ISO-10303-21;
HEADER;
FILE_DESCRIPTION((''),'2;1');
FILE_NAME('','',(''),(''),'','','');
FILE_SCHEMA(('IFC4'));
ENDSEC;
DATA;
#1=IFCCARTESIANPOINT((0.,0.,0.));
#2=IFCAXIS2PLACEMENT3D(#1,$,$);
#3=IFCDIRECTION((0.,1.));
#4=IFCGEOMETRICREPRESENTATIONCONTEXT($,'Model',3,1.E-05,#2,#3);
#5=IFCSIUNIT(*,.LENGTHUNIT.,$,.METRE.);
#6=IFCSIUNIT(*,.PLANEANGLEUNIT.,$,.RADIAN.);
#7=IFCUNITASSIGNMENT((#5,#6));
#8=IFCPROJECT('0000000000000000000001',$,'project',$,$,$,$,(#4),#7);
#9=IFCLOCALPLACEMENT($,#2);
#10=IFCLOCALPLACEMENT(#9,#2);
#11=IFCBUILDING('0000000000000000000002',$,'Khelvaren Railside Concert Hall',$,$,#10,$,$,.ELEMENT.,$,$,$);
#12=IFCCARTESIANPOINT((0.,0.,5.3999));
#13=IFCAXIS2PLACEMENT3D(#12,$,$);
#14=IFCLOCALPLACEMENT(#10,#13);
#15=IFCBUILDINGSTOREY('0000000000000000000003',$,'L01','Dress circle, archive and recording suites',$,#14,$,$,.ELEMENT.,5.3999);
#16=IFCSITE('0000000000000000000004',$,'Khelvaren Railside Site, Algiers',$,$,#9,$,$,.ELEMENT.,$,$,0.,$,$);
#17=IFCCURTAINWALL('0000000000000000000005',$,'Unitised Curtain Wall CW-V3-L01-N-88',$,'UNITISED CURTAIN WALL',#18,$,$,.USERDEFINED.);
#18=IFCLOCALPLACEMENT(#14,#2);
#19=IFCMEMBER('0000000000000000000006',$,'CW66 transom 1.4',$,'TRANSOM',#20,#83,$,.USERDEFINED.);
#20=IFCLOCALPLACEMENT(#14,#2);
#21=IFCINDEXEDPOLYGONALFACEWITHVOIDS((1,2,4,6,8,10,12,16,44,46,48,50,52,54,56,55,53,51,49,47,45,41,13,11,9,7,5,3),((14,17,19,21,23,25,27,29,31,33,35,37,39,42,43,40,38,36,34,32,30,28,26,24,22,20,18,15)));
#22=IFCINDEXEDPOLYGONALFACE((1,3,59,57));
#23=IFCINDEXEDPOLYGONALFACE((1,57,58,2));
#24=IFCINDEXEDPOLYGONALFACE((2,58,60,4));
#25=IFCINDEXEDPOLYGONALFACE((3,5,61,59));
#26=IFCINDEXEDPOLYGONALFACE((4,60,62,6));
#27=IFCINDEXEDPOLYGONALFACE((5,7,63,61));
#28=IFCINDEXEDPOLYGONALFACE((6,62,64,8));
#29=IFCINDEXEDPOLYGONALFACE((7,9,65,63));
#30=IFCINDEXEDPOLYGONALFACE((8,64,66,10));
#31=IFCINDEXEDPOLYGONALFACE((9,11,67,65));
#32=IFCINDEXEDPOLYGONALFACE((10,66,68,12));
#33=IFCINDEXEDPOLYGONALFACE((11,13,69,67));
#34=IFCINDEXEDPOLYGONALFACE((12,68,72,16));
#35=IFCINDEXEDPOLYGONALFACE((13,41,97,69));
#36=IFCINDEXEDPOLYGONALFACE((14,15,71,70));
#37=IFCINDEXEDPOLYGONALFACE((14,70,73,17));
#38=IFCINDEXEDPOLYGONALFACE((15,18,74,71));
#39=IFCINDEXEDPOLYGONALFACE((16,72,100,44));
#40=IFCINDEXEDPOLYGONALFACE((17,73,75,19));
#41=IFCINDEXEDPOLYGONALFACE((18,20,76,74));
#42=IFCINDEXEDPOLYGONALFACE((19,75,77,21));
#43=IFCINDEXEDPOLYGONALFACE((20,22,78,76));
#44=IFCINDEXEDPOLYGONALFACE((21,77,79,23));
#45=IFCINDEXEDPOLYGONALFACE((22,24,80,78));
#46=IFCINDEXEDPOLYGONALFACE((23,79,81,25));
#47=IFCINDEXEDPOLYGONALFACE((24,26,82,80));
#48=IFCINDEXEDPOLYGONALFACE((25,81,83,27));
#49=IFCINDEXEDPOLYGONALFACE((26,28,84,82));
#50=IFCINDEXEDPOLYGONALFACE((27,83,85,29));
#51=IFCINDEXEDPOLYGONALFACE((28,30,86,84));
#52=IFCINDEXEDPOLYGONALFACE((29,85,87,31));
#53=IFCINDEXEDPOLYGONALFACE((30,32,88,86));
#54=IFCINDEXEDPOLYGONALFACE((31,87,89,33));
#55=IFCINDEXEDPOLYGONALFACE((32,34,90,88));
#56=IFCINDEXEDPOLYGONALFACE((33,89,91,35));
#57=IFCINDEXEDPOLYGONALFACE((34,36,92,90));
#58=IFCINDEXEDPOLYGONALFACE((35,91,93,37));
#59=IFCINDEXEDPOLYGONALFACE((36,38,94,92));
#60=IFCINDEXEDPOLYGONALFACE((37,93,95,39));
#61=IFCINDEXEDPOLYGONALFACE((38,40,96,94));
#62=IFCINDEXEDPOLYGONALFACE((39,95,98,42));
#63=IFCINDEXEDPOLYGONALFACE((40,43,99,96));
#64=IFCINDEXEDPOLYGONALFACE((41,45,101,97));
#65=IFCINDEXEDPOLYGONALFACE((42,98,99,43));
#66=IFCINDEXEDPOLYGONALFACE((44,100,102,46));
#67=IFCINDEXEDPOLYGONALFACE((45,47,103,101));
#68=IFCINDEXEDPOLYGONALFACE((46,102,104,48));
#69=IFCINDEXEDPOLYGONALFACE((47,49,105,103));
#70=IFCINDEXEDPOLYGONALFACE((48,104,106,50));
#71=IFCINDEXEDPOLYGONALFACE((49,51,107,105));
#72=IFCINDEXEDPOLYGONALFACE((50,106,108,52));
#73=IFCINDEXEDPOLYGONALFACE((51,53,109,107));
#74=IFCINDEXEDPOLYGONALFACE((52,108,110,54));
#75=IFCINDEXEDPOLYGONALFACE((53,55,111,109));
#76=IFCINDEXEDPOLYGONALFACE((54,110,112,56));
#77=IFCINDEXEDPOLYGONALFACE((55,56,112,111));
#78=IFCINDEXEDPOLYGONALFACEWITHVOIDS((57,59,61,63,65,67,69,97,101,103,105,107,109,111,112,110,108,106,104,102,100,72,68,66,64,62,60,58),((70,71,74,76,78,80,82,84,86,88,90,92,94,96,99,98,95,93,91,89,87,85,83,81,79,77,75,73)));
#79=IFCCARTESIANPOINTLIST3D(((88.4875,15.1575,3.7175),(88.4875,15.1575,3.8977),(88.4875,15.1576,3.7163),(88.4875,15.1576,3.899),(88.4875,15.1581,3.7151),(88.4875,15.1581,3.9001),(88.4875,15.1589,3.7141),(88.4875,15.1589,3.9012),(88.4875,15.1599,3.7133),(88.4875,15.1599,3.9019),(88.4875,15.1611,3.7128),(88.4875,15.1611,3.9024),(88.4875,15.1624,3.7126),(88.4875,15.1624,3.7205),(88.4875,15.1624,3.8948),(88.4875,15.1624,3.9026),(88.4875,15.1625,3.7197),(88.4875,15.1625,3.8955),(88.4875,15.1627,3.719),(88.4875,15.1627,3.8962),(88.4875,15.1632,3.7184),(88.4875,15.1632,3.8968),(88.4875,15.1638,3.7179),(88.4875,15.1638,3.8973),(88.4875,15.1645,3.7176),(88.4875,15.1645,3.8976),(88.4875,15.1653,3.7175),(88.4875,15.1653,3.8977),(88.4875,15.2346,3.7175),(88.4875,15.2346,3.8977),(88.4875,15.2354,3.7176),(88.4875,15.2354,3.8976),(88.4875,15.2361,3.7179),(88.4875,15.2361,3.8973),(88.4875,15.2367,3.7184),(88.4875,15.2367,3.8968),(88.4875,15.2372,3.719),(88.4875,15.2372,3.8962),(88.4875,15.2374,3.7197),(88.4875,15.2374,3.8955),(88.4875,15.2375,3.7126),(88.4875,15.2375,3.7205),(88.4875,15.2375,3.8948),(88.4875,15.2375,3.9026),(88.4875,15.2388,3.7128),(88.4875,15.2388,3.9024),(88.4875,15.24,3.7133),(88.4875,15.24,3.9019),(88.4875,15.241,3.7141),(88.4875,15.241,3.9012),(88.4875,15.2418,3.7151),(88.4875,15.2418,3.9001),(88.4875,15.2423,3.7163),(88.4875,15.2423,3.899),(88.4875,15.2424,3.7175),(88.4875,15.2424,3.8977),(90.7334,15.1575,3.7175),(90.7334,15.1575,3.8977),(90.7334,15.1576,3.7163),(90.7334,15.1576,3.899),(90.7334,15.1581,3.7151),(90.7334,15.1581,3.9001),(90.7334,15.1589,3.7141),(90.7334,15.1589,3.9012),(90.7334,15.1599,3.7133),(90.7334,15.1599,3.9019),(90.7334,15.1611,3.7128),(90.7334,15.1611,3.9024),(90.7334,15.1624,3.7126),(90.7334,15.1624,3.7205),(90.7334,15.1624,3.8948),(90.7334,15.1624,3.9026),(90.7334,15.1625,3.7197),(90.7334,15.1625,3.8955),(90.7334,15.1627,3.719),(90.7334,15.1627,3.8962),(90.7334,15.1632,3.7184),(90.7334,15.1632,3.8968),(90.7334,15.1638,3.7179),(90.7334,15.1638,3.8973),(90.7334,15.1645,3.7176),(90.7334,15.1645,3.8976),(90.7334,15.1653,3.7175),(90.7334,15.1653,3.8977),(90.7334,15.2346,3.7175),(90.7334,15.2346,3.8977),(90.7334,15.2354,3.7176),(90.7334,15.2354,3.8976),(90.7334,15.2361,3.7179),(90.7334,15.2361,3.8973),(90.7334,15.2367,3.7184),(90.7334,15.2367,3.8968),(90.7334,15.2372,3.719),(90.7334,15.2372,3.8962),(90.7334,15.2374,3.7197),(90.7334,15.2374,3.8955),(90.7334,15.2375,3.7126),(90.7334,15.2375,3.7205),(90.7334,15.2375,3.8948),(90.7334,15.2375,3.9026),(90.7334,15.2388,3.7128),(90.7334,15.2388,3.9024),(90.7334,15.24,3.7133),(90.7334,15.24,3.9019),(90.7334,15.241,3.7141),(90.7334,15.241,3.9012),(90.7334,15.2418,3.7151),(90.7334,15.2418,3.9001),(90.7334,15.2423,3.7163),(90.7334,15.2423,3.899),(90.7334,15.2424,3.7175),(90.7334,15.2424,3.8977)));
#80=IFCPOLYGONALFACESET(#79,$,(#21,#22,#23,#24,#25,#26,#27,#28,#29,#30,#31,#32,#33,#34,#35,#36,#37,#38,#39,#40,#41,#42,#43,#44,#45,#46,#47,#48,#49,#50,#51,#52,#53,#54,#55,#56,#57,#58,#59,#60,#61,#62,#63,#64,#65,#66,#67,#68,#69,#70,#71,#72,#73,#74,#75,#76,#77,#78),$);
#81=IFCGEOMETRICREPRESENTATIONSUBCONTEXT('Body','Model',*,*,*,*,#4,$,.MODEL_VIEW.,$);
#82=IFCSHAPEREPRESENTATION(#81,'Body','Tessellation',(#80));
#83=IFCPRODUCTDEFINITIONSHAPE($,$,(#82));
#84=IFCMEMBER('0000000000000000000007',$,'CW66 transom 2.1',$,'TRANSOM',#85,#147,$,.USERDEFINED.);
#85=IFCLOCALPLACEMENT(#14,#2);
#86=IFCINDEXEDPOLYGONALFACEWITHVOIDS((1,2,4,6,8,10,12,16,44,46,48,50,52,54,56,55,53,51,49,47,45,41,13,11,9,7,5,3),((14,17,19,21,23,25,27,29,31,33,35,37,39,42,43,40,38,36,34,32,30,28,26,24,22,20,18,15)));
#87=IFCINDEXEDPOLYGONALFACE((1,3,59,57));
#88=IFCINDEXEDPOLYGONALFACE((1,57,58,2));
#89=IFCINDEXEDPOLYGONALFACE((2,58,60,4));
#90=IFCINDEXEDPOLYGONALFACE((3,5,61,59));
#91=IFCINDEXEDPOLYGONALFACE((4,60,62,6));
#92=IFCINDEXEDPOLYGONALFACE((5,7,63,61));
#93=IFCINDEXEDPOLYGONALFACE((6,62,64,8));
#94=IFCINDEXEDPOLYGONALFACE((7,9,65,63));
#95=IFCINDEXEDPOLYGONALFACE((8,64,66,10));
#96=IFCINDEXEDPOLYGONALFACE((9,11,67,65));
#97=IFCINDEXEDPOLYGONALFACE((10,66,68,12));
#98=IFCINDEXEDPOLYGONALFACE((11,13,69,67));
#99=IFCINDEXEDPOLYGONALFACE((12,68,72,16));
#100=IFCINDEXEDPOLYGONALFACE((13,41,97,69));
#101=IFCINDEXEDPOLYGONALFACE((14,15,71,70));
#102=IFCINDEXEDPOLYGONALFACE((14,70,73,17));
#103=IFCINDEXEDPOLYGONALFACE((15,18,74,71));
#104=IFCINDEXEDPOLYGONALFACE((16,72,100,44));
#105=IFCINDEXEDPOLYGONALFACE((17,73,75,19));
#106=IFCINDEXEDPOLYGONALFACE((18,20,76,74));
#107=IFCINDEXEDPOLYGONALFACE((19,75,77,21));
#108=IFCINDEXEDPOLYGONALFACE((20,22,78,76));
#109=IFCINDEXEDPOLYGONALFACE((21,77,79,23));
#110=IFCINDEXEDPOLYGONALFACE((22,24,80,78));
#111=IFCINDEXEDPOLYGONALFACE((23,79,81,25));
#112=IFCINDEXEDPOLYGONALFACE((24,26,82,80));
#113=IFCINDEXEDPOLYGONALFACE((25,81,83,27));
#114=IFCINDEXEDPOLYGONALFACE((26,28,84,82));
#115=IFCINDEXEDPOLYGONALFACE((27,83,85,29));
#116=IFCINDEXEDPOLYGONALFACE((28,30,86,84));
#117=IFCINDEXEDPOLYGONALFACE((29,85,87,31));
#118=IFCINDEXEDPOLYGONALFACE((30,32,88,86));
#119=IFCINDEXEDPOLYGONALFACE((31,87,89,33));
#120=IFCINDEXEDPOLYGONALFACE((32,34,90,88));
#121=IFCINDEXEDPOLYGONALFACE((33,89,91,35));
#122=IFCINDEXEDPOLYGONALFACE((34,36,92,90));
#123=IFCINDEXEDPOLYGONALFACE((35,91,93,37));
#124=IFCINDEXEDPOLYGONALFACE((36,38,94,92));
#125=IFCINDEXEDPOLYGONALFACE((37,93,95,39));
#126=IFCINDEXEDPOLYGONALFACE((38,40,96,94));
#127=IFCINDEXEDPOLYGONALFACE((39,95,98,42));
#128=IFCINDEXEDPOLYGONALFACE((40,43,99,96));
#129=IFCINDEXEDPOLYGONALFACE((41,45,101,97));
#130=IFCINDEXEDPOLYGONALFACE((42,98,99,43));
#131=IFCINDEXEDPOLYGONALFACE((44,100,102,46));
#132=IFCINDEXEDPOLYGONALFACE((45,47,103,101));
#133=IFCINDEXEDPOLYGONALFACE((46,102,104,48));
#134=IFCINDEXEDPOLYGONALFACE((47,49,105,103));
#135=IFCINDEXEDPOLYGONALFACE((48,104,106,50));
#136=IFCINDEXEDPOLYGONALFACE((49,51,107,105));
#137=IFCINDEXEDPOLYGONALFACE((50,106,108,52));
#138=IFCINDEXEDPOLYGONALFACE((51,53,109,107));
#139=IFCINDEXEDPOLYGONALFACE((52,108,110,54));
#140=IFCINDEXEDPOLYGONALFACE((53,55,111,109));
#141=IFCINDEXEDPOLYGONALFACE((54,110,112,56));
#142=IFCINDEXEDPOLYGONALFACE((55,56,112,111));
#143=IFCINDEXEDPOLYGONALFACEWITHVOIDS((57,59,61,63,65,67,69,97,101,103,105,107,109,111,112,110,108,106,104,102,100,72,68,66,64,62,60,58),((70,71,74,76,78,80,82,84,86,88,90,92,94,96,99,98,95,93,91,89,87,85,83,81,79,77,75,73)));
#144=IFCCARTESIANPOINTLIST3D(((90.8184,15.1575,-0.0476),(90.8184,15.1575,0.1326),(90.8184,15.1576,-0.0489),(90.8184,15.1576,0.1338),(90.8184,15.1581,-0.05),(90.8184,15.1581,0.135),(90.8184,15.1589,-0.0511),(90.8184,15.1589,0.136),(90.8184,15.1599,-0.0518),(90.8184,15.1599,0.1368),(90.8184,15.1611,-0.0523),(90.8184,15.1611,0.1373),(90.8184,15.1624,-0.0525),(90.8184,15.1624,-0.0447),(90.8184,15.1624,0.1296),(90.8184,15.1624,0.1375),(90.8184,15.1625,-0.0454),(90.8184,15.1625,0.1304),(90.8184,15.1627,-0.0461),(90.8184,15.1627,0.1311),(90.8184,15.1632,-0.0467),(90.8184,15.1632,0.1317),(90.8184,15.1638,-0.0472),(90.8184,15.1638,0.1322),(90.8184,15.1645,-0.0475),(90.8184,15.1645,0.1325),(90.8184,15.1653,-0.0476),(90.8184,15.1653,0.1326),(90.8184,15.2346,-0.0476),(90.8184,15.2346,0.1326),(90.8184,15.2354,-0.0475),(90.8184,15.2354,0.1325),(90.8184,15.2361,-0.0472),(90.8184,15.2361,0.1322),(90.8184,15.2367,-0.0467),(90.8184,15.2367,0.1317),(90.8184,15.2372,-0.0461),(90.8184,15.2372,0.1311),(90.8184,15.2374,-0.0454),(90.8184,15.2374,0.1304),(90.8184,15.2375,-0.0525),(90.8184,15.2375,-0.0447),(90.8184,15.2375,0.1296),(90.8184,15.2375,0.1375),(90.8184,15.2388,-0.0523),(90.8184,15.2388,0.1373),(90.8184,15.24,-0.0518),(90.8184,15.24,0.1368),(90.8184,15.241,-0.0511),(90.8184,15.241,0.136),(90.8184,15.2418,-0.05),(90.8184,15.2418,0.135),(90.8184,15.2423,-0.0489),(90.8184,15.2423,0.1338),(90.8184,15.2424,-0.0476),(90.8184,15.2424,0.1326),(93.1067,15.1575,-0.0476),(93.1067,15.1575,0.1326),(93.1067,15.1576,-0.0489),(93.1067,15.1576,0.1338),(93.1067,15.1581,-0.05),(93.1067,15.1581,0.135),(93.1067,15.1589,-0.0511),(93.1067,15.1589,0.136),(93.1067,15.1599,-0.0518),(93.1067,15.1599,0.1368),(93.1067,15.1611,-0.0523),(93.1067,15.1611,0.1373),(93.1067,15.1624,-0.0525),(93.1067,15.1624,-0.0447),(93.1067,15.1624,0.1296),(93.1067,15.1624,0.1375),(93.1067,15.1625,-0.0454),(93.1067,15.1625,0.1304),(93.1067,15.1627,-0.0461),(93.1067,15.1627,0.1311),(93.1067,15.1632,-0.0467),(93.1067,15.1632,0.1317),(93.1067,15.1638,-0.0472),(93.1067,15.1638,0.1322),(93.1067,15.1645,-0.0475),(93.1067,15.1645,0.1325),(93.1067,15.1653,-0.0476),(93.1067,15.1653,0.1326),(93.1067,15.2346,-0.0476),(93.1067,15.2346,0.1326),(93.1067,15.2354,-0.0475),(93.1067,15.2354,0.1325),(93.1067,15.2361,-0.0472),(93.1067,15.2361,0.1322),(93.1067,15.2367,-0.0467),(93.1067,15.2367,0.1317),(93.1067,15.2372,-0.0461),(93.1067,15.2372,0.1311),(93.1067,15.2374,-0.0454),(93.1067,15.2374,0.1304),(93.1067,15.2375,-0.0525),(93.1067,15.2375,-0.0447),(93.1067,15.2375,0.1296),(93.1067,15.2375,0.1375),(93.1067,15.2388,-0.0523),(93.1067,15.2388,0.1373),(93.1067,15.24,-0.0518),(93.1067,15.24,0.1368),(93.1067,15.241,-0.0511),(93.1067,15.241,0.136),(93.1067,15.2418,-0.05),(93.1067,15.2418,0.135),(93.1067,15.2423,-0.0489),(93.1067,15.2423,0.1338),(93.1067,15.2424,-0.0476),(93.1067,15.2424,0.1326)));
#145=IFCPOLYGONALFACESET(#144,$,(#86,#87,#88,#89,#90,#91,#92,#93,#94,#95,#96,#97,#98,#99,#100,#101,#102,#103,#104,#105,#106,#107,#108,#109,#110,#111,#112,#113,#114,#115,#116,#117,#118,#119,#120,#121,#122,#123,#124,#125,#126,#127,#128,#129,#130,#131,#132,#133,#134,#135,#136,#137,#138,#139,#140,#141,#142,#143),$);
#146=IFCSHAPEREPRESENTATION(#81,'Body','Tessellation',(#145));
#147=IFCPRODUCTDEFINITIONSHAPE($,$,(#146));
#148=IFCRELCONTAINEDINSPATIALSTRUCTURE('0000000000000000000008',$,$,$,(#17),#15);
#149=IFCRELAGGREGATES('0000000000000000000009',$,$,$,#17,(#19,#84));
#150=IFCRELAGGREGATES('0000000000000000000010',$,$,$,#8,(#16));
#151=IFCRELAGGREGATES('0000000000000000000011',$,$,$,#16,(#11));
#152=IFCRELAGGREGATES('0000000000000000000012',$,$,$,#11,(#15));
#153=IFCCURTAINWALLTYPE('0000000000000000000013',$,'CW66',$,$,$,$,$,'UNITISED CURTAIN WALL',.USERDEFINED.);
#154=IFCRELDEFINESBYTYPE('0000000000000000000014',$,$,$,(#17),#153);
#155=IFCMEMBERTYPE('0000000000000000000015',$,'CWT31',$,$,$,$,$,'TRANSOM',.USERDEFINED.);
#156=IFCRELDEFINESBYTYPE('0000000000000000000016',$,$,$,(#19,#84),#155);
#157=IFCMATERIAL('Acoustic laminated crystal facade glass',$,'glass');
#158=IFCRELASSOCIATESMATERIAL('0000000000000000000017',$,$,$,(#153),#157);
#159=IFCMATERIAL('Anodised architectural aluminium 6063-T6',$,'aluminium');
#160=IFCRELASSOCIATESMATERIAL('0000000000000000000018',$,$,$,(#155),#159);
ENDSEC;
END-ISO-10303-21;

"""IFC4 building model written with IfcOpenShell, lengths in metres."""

from ifc_helpers import new_model, si_unit, direction, frame, origin, origin_2d, place, context, subcontext, project, spatial, hollow_rectangle, extrude, material, material_profile, profile_set, type_object, element, aggregate, save


model = new_model("IFC4")

# Units and contexts
model_context = context("Model", 3, precision=1e-05, world=origin(), true_north=direction((0.0, 1.0)))
body_context = subcontext(model_context, "Body", "Model", "MODEL_VIEW")
ifc_project = project(units=[si_unit("LENGTHUNIT", "METRE"), si_unit("PLANEANGLEUNIT", "RADIAN")], contexts=[model_context])

# Site, building, storey
site_placement = place(None, origin())
site = spatial("IfcSite", under=ifc_project, at=site_placement, Name="Khelvaren Railside Site, Algiers", CompositionType="ELEMENT", RefElevation=0.0)
building_placement = place(site_placement, origin())
building = spatial("IfcBuilding", under=site, at=building_placement, Name="Khelvaren Railside Concert Hall", CompositionType="ELEMENT")
storey_placement = place(building_placement, frame((0.0, 0.0, 5.3999)))
storey = spatial("IfcBuildingStorey", under=building, at=storey_placement, Name="L01", Description="Dress circle, archive and recording suites", CompositionType="ELEMENT", Elevation=5.3999)

# Curtain wall, members
ifc_material_1 = material(Name="Acoustic laminated crystal facade glass", Category="glass")
curtain_wall_type = type_object("IfcCurtainWallType", Name="CW66", ElementType="UNITISED CURTAIN WALL", PredefinedType="USERDEFINED", material=ifc_material_1)
curtain_wall_placement = place(storey_placement, origin())
curtain_wall = element("IfcCurtainWall", 1, at=curtain_wall_placement, inside=storey, type_object=curtain_wall_type, Name="Unitised Curtain Wall CW-V3-L01-N-88", ObjectType="UNITISED CURTAIN WALL", PredefinedType="USERDEFINED")
ifc_material_2 = material(Name="Anodised architectural aluminium 6063-T6", Category="aluminium")
ifc_material_profile_1 = material_profile(ifc_material_2, hollow_rectangle(XDim=0.085, YDim=0.1899, WallThickness=0.0049, InnerFilletRadius=0.0029, OuterFilletRadius=0.0049, at=origin_2d()), Name="CWT 85x190x5")
ifc_profile_set_1 = profile_set([ifc_material_profile_1], Name="Anodised architectural aluminium 6063-T6")
member_type_1 = type_object("IfcMemberType", Name="CWT31", ElementType="TRANSOM", PredefinedType="USERDEFINED", material=ifc_profile_set_1)
member_1_placement = place(storey_placement, frame((88.4875, 15.2, 3.8076), z_axis=(1.0, 0.0, 0.0), x_axis=(0.0, 1.0, 0.0)))
member_1 = element("IfcMember", 2, at=member_1_placement, type_object=member_type_1, Name="CW66 transom 1.4", ObjectType="TRANSOM", PredefinedType="USERDEFINED", context=body_context, shape_type="SweptSolid", body=[
    extrude(hollow_rectangle(XDim=0.085, YDim=0.1899, WallThickness=0.0049, InnerFilletRadius=0.0029, OuterFilletRadius=0.0049, at=origin_2d()), origin(), (0.0, 0.0, 1.0), 2.2458),
])
member_2_placement = place(storey_placement, frame((90.8184, 15.2, 0.0425), z_axis=(1.0, 0.0, 0.0), x_axis=(0.0, 1.0, 0.0)))
member_2 = element("IfcMember", 3, at=member_2_placement, type_object=member_type_1, Name="CW66 transom 2.1", ObjectType="TRANSOM", PredefinedType="USERDEFINED", context=body_context, shape_type="SweptSolid", body=[
    extrude(hollow_rectangle(XDim=0.085, YDim=0.1899, WallThickness=0.0049, InnerFilletRadius=0.0029, OuterFilletRadius=0.0049, at=origin_2d()), origin(), (0.0, 0.0, 1.0), 2.2883),
])

aggregate(curtain_wall, [member_1, member_2])

save(model, "model.ifc")
